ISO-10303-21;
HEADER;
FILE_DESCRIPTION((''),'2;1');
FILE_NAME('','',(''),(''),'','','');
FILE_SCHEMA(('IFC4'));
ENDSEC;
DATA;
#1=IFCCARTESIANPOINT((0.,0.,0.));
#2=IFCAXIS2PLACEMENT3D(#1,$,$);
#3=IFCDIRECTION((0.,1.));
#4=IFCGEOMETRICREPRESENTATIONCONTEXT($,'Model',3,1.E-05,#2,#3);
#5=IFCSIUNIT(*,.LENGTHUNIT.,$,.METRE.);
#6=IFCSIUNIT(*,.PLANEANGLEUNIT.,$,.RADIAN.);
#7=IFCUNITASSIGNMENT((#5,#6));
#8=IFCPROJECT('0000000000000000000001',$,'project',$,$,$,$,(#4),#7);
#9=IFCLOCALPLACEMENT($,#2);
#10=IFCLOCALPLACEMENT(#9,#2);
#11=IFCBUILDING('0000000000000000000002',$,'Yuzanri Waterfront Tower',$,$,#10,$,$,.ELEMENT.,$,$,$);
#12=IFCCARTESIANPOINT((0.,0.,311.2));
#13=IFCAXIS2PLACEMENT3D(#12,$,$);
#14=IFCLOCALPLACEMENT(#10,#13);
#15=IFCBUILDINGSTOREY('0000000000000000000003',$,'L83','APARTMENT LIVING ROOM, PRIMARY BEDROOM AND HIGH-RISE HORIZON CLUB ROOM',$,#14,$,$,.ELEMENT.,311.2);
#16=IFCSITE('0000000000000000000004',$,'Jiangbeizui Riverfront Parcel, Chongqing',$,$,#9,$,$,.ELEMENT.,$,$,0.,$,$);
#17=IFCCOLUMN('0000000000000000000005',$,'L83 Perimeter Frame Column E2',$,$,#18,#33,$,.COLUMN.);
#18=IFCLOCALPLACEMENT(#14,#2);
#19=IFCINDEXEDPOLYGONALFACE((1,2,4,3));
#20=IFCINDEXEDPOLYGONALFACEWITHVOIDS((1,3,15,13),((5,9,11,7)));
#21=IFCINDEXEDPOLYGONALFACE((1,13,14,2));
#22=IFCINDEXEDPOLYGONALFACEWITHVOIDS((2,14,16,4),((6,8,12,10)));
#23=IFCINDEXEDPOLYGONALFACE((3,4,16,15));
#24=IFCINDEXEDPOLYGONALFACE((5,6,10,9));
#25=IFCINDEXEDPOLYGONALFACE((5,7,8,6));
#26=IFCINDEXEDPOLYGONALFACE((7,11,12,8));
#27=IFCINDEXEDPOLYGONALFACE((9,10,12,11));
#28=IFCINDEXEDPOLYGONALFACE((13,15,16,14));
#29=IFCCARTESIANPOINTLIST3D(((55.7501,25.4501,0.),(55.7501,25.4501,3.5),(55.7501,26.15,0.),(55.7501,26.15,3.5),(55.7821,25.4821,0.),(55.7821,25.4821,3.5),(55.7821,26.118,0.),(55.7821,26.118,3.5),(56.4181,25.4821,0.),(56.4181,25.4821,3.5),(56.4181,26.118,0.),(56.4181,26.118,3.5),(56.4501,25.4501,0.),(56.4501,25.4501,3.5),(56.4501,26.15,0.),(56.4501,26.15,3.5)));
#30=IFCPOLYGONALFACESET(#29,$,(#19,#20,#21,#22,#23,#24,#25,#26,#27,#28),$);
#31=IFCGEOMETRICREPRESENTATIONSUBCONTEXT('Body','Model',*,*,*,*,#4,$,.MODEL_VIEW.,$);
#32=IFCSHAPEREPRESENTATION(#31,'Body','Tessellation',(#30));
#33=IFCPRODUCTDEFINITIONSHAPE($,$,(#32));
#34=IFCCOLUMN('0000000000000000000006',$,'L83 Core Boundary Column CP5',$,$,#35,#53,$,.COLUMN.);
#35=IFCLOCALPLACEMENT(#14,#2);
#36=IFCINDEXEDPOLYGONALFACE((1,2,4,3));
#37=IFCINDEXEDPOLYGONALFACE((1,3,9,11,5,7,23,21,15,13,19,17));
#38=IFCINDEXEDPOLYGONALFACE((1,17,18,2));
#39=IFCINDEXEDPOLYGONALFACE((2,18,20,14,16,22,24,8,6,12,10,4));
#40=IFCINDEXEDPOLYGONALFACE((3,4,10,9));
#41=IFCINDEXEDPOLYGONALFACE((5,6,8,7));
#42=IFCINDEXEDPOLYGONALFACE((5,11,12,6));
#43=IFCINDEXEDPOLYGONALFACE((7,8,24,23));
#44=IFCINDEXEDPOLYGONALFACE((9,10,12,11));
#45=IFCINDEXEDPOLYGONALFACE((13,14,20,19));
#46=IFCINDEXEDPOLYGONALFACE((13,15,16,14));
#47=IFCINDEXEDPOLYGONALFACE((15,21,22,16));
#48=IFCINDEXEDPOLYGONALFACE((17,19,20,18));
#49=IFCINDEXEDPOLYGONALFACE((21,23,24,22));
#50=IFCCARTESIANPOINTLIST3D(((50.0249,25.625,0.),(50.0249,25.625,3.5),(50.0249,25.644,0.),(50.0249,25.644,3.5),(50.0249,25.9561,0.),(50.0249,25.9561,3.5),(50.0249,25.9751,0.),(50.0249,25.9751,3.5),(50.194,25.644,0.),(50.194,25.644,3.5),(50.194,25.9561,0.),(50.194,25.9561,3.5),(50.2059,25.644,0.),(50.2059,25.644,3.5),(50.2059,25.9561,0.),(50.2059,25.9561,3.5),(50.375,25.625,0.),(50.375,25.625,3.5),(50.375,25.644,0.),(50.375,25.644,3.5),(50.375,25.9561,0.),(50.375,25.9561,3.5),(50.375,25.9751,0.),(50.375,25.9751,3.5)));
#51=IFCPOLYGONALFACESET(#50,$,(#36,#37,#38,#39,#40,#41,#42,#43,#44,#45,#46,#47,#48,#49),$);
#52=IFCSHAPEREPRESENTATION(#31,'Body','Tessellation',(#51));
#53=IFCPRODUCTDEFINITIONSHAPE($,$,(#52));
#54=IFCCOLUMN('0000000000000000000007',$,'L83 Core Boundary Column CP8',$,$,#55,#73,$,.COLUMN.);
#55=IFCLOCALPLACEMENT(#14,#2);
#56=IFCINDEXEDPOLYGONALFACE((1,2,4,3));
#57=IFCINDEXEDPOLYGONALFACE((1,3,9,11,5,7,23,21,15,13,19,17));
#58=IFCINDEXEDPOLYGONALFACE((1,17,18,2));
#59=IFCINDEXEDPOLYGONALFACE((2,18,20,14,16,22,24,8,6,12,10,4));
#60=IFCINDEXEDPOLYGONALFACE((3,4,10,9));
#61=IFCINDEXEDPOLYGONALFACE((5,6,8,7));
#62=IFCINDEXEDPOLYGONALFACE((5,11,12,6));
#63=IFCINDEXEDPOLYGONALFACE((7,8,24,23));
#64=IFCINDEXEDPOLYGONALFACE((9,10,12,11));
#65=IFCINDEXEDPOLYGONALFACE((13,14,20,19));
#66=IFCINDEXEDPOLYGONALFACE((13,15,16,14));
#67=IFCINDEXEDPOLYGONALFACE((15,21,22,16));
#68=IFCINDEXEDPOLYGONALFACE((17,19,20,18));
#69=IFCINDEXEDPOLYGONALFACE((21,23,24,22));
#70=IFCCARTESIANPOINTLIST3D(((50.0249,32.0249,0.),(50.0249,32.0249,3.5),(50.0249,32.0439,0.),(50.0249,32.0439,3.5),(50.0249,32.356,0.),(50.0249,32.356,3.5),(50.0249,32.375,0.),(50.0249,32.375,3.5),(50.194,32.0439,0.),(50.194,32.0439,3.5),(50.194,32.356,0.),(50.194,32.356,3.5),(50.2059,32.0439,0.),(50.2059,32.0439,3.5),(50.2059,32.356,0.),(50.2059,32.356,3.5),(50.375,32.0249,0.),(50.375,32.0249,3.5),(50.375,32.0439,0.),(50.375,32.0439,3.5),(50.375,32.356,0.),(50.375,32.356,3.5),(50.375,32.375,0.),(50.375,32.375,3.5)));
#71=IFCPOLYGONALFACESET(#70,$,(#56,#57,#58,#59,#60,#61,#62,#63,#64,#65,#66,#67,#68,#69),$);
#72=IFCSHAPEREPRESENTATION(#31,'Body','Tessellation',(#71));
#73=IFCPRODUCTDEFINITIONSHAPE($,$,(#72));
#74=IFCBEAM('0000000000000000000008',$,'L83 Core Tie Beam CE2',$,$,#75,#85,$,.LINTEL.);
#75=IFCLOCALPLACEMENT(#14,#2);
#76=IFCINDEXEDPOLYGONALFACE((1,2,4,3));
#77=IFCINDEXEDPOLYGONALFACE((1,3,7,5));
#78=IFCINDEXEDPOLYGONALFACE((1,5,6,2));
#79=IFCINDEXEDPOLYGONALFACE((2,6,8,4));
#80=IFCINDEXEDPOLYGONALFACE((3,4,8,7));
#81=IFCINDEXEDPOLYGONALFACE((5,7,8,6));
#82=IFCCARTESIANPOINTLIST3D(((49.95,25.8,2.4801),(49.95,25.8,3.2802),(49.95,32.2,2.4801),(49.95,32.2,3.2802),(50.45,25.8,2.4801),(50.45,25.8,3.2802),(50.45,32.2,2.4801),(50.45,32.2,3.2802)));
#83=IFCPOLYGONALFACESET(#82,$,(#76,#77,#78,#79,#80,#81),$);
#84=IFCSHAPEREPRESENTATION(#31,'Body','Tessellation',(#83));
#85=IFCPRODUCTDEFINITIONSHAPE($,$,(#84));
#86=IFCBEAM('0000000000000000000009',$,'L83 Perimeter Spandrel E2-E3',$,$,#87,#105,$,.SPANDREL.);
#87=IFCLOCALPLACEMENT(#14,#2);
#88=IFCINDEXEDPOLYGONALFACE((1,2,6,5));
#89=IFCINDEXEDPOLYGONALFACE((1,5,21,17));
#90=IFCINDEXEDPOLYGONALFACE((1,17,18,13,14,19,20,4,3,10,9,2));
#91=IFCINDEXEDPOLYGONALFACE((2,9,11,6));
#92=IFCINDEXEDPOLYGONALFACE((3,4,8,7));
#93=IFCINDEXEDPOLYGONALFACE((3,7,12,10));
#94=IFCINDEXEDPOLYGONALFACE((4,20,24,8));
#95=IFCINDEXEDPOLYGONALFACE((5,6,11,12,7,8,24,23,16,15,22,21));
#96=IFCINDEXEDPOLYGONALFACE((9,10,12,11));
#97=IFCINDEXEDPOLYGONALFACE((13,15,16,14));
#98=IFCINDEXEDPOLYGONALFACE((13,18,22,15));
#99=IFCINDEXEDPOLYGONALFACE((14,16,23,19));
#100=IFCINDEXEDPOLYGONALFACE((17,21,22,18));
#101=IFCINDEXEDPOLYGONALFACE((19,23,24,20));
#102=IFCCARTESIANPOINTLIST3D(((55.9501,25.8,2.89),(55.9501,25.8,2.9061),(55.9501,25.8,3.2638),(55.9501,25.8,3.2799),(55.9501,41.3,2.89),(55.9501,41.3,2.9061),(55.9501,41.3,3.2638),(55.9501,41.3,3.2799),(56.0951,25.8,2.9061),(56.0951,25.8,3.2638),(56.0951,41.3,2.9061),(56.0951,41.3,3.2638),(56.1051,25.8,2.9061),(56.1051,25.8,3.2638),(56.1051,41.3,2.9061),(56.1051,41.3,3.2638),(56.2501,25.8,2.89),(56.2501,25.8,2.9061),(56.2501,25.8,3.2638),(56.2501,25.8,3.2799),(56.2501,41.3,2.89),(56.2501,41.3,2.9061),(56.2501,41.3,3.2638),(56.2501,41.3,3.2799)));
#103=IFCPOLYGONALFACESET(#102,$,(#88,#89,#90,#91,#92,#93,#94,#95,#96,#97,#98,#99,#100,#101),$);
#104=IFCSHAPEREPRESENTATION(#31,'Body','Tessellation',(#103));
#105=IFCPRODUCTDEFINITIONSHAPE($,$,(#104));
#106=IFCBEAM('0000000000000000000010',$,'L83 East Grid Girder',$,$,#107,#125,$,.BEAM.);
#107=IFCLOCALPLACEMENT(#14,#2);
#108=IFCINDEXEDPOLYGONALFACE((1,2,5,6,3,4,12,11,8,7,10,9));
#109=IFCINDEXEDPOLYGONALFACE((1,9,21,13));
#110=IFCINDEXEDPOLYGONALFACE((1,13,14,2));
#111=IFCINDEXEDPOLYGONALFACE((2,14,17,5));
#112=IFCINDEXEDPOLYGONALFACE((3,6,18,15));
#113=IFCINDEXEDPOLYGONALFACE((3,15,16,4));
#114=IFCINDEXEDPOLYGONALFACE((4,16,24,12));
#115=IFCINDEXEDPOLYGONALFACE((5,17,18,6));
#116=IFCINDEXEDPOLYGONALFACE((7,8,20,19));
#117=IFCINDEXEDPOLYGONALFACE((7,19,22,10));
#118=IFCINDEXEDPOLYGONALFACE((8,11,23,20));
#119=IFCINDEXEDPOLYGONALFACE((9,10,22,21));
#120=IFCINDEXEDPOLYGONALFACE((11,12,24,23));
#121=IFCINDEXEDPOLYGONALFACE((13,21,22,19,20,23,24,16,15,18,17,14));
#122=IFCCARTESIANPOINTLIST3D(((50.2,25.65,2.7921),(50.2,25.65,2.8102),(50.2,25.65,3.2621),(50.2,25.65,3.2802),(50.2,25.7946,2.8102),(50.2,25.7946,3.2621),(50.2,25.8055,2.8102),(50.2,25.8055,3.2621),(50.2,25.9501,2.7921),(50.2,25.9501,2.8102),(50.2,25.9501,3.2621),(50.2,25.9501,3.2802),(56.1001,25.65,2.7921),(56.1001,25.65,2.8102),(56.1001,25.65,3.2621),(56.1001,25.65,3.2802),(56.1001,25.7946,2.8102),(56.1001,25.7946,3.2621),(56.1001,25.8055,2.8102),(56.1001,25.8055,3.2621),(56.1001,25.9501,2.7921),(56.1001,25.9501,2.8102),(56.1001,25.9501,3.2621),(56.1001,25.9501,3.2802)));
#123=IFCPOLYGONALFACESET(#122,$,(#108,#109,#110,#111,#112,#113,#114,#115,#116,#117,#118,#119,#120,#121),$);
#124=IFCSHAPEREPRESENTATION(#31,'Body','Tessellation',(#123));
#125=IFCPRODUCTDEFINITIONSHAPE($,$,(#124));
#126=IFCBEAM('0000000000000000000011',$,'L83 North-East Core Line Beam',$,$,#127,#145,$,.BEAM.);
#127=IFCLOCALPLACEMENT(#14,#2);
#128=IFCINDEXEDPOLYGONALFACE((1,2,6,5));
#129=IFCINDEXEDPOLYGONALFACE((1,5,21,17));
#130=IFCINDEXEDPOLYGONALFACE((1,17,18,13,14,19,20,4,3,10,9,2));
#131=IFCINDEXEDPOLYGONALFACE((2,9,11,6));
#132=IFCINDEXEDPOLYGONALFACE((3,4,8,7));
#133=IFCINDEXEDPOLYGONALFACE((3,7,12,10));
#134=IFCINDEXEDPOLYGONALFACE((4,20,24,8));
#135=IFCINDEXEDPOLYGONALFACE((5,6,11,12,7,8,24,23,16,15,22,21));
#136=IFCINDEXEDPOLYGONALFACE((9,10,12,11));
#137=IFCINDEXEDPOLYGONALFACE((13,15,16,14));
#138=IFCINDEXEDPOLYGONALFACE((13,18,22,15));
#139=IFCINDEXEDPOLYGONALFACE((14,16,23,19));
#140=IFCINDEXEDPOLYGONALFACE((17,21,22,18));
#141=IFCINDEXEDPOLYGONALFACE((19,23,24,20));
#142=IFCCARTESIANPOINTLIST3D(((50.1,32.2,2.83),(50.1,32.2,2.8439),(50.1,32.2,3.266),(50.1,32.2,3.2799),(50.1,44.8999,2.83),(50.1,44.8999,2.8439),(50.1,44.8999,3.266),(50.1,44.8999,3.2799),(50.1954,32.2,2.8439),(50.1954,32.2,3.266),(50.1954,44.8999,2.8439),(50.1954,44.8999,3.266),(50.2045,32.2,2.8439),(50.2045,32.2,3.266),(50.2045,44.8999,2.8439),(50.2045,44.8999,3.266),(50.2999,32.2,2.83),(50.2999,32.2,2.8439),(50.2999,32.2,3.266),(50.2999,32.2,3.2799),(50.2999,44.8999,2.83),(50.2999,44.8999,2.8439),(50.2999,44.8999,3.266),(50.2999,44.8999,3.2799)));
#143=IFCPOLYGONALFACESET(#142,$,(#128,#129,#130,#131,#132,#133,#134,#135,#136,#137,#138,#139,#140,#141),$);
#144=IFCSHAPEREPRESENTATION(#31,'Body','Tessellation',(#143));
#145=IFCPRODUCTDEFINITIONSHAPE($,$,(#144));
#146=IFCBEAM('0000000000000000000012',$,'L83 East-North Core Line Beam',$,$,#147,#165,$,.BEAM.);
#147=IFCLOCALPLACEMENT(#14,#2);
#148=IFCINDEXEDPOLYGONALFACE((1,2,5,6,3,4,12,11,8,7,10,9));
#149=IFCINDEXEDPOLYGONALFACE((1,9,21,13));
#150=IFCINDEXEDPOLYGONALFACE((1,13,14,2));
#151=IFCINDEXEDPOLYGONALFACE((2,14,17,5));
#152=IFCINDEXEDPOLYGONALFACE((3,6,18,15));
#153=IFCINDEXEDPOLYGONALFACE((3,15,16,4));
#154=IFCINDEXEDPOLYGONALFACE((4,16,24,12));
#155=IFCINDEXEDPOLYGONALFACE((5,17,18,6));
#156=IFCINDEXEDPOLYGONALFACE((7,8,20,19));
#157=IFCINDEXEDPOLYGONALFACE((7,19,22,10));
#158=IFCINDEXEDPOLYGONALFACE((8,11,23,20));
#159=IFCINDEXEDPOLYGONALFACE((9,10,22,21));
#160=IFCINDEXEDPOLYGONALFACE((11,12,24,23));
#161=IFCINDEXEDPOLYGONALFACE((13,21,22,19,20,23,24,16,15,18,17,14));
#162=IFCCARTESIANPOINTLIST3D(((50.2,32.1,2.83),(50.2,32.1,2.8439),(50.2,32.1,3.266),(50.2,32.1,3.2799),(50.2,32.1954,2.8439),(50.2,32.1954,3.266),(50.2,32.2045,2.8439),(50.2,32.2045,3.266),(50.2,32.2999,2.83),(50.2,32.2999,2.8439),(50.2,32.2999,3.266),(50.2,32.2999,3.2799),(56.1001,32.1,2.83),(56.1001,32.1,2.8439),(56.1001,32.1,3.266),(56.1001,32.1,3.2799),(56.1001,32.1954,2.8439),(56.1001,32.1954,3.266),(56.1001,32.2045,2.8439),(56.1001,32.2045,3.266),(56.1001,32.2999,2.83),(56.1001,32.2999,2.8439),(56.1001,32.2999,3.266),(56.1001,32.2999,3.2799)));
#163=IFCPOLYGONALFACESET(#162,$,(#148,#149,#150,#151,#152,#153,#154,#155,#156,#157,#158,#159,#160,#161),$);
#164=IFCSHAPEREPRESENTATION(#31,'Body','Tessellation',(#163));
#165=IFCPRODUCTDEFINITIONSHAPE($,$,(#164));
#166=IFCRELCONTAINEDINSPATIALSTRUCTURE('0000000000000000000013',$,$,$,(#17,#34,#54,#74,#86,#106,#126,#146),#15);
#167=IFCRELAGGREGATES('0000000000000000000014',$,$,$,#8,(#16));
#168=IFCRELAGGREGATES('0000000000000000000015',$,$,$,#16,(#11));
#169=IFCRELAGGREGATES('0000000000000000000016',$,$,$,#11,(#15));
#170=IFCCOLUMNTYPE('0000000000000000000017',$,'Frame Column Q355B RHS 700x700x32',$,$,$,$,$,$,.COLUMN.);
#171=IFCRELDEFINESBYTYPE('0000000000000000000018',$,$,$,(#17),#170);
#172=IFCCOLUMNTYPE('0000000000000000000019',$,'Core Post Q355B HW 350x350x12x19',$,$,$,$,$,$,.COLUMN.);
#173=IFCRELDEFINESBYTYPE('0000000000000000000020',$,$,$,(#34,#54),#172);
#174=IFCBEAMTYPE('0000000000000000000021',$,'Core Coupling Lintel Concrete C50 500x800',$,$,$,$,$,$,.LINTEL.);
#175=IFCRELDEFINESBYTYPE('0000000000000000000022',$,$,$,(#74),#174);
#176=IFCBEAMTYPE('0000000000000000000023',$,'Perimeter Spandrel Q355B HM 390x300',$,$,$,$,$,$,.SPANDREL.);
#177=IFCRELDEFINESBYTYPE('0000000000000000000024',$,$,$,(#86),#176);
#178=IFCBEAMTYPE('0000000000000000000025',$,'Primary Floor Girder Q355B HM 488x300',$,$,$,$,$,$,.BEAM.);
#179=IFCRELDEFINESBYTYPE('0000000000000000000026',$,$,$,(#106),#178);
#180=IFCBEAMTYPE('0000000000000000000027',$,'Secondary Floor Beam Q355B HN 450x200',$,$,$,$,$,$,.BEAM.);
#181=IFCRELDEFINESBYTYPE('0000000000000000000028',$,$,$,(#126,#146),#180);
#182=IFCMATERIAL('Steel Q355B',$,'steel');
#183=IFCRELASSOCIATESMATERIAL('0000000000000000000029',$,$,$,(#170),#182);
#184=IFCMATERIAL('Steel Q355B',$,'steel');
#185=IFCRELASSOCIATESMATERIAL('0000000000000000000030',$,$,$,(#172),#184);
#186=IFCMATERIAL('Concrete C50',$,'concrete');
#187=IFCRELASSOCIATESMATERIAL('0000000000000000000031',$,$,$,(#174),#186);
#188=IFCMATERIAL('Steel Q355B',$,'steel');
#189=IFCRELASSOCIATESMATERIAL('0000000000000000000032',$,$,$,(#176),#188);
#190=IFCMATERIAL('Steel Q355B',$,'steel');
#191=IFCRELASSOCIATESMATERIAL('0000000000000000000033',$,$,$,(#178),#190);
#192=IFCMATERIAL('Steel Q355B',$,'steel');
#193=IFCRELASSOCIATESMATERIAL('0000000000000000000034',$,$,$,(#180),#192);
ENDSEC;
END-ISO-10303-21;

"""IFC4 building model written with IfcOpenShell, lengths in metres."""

from ifc_helpers import new_model, si_unit, direction, frame, origin, origin_2d, place, context, subcontext, project, spatial, rectangle, hollow_rectangle, i_section, extrude, source, transform, mapped, material, material_profile, profile_set, type_object, element, save


model = new_model("IFC4")

# Units and contexts
model_context = context("Model", 3, precision=1e-05, world=origin(), true_north=direction((0.0, 1.0)))
body_context = subcontext(model_context, "Body", "Model", "MODEL_VIEW")
ifc_project = project(units=[si_unit("LENGTHUNIT", "METRE"), si_unit("PLANEANGLEUNIT", "RADIAN")], contexts=[model_context])

# Site, building, storey
site_placement = place(None, origin())
site = spatial("IfcSite", under=ifc_project, at=site_placement, Name="Jiangbeizui Riverfront Parcel, Chongqing", CompositionType="ELEMENT", RefElevation=0.0)
building_placement = place(site_placement, origin())
building = spatial("IfcBuilding", under=site, at=building_placement, Name="Yuzanri Waterfront Tower", CompositionType="ELEMENT")
storey_placement = place(building_placement, frame((0.0, 0.0, 311.2)))
storey = spatial("IfcBuildingStorey", under=building, at=storey_placement, Name="L83", Description="APARTMENT LIVING ROOM, PRIMARY BEDROOM AND HIGH-RISE HORIZON CLUB ROOM", CompositionType="ELEMENT", Elevation=311.2)

# Columns
ifc_material_1 = material(Name="Steel Q355B", Category="steel")
ifc_material_profile_1 = material_profile(ifc_material_1, hollow_rectangle(XDim=0.7, YDim=0.7, WallThickness=0.032, at=origin_2d()), Name="RHS 700x700x32")
ifc_profile_set_1 = profile_set([ifc_material_profile_1], Name="Steel Q355B")
column_type_1 = type_object("IfcColumnType", Name="Frame Column Q355B RHS 700x700x32", PredefinedType="COLUMN", material=ifc_profile_set_1)
shared_shape_1 = source(origin(), body_context, "Body", "SweptSolid", [
    extrude(hollow_rectangle(XDim=0.7, YDim=0.7, WallThickness=0.032, at=origin_2d()), origin(), (0.0, 0.0, 1.0), 3.5),
])
column_placement = place(storey_placement, frame((56.1001, 25.8, 0.0), z_axis=(0.0, 0.0, 1.0), x_axis=(1.0, 0.0, 0.0)))
element("IfcColumn", 1, at=column_placement, inside=storey, type_object=column_type_1, Name="L83 Perimeter Frame Column E2", PredefinedType="COLUMN", context=body_context, shape_type="MappedRepresentation", body=[
    mapped(shared_shape_1, transform((0.0, 0.0, 0.0), scale=1.0)),
])
ifc_material_2 = material(Name="Steel Q355B", Category="steel")
ifc_material_profile_2 = material_profile(ifc_material_2, i_section(OverallWidth=0.3501, OverallDepth=0.3501, WebThickness=0.012, FlangeThickness=0.019, at=origin_2d()), Name="HW 350x350x12x19")
ifc_profile_set_2 = profile_set([ifc_material_profile_2], Name="Steel Q355B")
column_type_2 = type_object("IfcColumnType", Name="Core Post Q355B HW 350x350x12x19", PredefinedType="COLUMN", material=ifc_profile_set_2)
shared_shape_2 = source(origin(), body_context, "Body", "SweptSolid", [
    extrude(i_section(OverallWidth=0.3501, OverallDepth=0.3501, WebThickness=0.012, FlangeThickness=0.019, at=origin_2d()), origin(), (0.0, 0.0, 1.0), 3.5),
])
for number, where, z_axis, x_axis, name in (
    (2, (50.2, 25.8, 0.0), (0.0, 0.0, 1.0), (1.0, 0.0, 0.0), "L83 Core Boundary Column CP5"),
    (3, (50.2, 32.2, 0.0), (0.0, 0.0, 1.0), (1.0, 0.0, 0.0), "L83 Core Boundary Column CP8"),
):
    element("IfcColumn", number, at=place(storey_placement, frame(where, z_axis=z_axis, x_axis=x_axis)), inside=storey, type_object=column_type_2, Name=name, PredefinedType="COLUMN", context=body_context, shape_type="MappedRepresentation", body=[
        mapped(shared_shape_2, transform((0.0, 0.0, 0.0), scale=1.0)),
    ])

# Beams
ifc_material_3 = material(Name="Concrete C50", Category="concrete")
ifc_material_profile_3 = material_profile(ifc_material_3, rectangle(XDim=0.5, YDim=0.8, at=origin_2d()), Name="RC 500x800")
ifc_profile_set_3 = profile_set([ifc_material_profile_3], Name="Concrete C50")
beam_type_1 = type_object("IfcBeamType", Name="Core Coupling Lintel Concrete C50 500x800", PredefinedType="LINTEL", material=ifc_profile_set_3)
shared_shape_3 = source(origin(), body_context, "Body", "SweptSolid", [
    extrude(rectangle(XDim=0.5, YDim=0.8, at=origin_2d()), origin(), (0.0, 0.0, 1.0), 6.3999),
])
beam_1_placement = place(storey_placement, frame((50.2, 25.8, 2.8801), z_axis=(0.0, 1.0, 0.0), x_axis=(-1.0, 0.0, 0.0)))
element("IfcBeam", 4, at=beam_1_placement, inside=storey, type_object=beam_type_1, Name="L83 Core Tie Beam CE2", PredefinedType="LINTEL", context=body_context, shape_type="MappedRepresentation", body=[
    mapped(shared_shape_3, transform((0.0, 0.0, 0.0), scale=1.0)),
])
ifc_material_4 = material(Name="Steel Q355B", Category="steel")
ifc_material_profile_4 = material_profile(ifc_material_4, i_section(OverallWidth=0.3, OverallDepth=0.3899, WebThickness=0.01, FlangeThickness=0.0161, at=origin_2d()), Name="HM 390x300x10x16")
ifc_profile_set_4 = profile_set([ifc_material_profile_4], Name="Steel Q355B")
beam_type_2 = type_object("IfcBeamType", Name="Perimeter Spandrel Q355B HM 390x300", PredefinedType="SPANDREL", material=ifc_profile_set_4)
shared_shape_4 = source(origin(), body_context, "Body", "SweptSolid", [
    extrude(i_section(OverallWidth=0.3, OverallDepth=0.3899, WebThickness=0.01, FlangeThickness=0.0161, at=origin_2d()), origin(), (0.0, 0.0, 1.0), 15.5),
])
beam_2_placement = place(storey_placement, frame((56.1001, 25.8, 3.085), z_axis=(0.0, 1.0, 0.0), x_axis=(-1.0, 0.0, 0.0)))
element("IfcBeam", 5, at=beam_2_placement, inside=storey, type_object=beam_type_2, Name="L83 Perimeter Spandrel E2-E3", PredefinedType="SPANDREL", context=body_context, shape_type="MappedRepresentation", body=[
    mapped(shared_shape_4, transform((0.0, 0.0, 0.0), scale=1.0)),
])
ifc_material_5 = material(Name="Steel Q355B", Category="steel")
ifc_material_profile_5 = material_profile(ifc_material_5, i_section(OverallWidth=0.3, OverallDepth=0.488, WebThickness=0.011, FlangeThickness=0.0181, at=origin_2d()), Name="HM 488x300x11x18")
ifc_profile_set_5 = profile_set([ifc_material_profile_5], Name="Steel Q355B")
beam_type_3 = type_object("IfcBeamType", Name="Primary Floor Girder Q355B HM 488x300", PredefinedType="BEAM", material=ifc_profile_set_5)
shared_shape_5 = source(origin(), body_context, "Body", "SweptSolid", [
    extrude(i_section(OverallWidth=0.3, OverallDepth=0.488, WebThickness=0.011, FlangeThickness=0.0181, at=origin_2d()), origin(), (0.0, 0.0, 1.0), 5.9001),
])
beam_3_placement = place(storey_placement, frame((50.2, 25.8, 3.0361), z_axis=(1.0, 0.0, 0.0), x_axis=(0.0, 1.0, 0.0)))
element("IfcBeam", 6, at=beam_3_placement, inside=storey, type_object=beam_type_3, Name="L83 East Grid Girder", PredefinedType="BEAM", context=body_context, shape_type="MappedRepresentation", body=[
    mapped(shared_shape_5, transform((0.0, 0.0, 0.0), scale=1.0)),
])
ifc_material_6 = material(Name="Steel Q355B", Category="steel")
ifc_material_profile_6 = material_profile(ifc_material_6, i_section(OverallWidth=0.2, OverallDepth=0.45, WebThickness=0.009, FlangeThickness=0.0139, at=origin_2d()), Name="HN 450x200x9x14")
ifc_profile_set_6 = profile_set([ifc_material_profile_6], Name="Steel Q355B")
beam_type_4 = type_object("IfcBeamType", Name="Secondary Floor Beam Q355B HN 450x200", PredefinedType="BEAM", material=ifc_profile_set_6)
shared_shape_6 = source(origin(), body_context, "Body", "SweptSolid", [
    extrude(i_section(OverallWidth=0.2, OverallDepth=0.45, WebThickness=0.009, FlangeThickness=0.0139, at=origin_2d()), origin(), (0.0, 0.0, 1.0), 12.7),
])
beam_4_placement = place(storey_placement, frame((50.2, 32.2, 3.0549), z_axis=(0.0, 1.0, 0.0), x_axis=(-1.0, 0.0, 0.0)))
element("IfcBeam", 7, at=beam_4_placement, inside=storey, type_object=beam_type_4, Name="L83 North-East Core Line Beam", PredefinedType="BEAM", context=body_context, shape_type="MappedRepresentation", body=[
    mapped(shared_shape_6, transform((0.0, 0.0, 0.0), scale=1.0)),
])
shared_shape_7 = source(origin(), body_context, "Body", "SweptSolid", [
    extrude(i_section(OverallWidth=0.2, OverallDepth=0.45, WebThickness=0.009, FlangeThickness=0.0139, at=origin_2d()), origin(), (0.0, 0.0, 1.0), 5.9001),
])
beam_5_placement = place(storey_placement, frame((50.2, 32.2, 3.0549), z_axis=(1.0, 0.0, 0.0), x_axis=(0.0, 1.0, 0.0)))
element("IfcBeam", 8, at=beam_5_placement, inside=storey, type_object=beam_type_4, Name="L83 East-North Core Line Beam", PredefinedType="BEAM", context=body_context, shape_type="MappedRepresentation", body=[
    mapped(shared_shape_7, transform((0.0, 0.0, 0.0), scale=1.0)),
])

save(model, "model.ifc")
